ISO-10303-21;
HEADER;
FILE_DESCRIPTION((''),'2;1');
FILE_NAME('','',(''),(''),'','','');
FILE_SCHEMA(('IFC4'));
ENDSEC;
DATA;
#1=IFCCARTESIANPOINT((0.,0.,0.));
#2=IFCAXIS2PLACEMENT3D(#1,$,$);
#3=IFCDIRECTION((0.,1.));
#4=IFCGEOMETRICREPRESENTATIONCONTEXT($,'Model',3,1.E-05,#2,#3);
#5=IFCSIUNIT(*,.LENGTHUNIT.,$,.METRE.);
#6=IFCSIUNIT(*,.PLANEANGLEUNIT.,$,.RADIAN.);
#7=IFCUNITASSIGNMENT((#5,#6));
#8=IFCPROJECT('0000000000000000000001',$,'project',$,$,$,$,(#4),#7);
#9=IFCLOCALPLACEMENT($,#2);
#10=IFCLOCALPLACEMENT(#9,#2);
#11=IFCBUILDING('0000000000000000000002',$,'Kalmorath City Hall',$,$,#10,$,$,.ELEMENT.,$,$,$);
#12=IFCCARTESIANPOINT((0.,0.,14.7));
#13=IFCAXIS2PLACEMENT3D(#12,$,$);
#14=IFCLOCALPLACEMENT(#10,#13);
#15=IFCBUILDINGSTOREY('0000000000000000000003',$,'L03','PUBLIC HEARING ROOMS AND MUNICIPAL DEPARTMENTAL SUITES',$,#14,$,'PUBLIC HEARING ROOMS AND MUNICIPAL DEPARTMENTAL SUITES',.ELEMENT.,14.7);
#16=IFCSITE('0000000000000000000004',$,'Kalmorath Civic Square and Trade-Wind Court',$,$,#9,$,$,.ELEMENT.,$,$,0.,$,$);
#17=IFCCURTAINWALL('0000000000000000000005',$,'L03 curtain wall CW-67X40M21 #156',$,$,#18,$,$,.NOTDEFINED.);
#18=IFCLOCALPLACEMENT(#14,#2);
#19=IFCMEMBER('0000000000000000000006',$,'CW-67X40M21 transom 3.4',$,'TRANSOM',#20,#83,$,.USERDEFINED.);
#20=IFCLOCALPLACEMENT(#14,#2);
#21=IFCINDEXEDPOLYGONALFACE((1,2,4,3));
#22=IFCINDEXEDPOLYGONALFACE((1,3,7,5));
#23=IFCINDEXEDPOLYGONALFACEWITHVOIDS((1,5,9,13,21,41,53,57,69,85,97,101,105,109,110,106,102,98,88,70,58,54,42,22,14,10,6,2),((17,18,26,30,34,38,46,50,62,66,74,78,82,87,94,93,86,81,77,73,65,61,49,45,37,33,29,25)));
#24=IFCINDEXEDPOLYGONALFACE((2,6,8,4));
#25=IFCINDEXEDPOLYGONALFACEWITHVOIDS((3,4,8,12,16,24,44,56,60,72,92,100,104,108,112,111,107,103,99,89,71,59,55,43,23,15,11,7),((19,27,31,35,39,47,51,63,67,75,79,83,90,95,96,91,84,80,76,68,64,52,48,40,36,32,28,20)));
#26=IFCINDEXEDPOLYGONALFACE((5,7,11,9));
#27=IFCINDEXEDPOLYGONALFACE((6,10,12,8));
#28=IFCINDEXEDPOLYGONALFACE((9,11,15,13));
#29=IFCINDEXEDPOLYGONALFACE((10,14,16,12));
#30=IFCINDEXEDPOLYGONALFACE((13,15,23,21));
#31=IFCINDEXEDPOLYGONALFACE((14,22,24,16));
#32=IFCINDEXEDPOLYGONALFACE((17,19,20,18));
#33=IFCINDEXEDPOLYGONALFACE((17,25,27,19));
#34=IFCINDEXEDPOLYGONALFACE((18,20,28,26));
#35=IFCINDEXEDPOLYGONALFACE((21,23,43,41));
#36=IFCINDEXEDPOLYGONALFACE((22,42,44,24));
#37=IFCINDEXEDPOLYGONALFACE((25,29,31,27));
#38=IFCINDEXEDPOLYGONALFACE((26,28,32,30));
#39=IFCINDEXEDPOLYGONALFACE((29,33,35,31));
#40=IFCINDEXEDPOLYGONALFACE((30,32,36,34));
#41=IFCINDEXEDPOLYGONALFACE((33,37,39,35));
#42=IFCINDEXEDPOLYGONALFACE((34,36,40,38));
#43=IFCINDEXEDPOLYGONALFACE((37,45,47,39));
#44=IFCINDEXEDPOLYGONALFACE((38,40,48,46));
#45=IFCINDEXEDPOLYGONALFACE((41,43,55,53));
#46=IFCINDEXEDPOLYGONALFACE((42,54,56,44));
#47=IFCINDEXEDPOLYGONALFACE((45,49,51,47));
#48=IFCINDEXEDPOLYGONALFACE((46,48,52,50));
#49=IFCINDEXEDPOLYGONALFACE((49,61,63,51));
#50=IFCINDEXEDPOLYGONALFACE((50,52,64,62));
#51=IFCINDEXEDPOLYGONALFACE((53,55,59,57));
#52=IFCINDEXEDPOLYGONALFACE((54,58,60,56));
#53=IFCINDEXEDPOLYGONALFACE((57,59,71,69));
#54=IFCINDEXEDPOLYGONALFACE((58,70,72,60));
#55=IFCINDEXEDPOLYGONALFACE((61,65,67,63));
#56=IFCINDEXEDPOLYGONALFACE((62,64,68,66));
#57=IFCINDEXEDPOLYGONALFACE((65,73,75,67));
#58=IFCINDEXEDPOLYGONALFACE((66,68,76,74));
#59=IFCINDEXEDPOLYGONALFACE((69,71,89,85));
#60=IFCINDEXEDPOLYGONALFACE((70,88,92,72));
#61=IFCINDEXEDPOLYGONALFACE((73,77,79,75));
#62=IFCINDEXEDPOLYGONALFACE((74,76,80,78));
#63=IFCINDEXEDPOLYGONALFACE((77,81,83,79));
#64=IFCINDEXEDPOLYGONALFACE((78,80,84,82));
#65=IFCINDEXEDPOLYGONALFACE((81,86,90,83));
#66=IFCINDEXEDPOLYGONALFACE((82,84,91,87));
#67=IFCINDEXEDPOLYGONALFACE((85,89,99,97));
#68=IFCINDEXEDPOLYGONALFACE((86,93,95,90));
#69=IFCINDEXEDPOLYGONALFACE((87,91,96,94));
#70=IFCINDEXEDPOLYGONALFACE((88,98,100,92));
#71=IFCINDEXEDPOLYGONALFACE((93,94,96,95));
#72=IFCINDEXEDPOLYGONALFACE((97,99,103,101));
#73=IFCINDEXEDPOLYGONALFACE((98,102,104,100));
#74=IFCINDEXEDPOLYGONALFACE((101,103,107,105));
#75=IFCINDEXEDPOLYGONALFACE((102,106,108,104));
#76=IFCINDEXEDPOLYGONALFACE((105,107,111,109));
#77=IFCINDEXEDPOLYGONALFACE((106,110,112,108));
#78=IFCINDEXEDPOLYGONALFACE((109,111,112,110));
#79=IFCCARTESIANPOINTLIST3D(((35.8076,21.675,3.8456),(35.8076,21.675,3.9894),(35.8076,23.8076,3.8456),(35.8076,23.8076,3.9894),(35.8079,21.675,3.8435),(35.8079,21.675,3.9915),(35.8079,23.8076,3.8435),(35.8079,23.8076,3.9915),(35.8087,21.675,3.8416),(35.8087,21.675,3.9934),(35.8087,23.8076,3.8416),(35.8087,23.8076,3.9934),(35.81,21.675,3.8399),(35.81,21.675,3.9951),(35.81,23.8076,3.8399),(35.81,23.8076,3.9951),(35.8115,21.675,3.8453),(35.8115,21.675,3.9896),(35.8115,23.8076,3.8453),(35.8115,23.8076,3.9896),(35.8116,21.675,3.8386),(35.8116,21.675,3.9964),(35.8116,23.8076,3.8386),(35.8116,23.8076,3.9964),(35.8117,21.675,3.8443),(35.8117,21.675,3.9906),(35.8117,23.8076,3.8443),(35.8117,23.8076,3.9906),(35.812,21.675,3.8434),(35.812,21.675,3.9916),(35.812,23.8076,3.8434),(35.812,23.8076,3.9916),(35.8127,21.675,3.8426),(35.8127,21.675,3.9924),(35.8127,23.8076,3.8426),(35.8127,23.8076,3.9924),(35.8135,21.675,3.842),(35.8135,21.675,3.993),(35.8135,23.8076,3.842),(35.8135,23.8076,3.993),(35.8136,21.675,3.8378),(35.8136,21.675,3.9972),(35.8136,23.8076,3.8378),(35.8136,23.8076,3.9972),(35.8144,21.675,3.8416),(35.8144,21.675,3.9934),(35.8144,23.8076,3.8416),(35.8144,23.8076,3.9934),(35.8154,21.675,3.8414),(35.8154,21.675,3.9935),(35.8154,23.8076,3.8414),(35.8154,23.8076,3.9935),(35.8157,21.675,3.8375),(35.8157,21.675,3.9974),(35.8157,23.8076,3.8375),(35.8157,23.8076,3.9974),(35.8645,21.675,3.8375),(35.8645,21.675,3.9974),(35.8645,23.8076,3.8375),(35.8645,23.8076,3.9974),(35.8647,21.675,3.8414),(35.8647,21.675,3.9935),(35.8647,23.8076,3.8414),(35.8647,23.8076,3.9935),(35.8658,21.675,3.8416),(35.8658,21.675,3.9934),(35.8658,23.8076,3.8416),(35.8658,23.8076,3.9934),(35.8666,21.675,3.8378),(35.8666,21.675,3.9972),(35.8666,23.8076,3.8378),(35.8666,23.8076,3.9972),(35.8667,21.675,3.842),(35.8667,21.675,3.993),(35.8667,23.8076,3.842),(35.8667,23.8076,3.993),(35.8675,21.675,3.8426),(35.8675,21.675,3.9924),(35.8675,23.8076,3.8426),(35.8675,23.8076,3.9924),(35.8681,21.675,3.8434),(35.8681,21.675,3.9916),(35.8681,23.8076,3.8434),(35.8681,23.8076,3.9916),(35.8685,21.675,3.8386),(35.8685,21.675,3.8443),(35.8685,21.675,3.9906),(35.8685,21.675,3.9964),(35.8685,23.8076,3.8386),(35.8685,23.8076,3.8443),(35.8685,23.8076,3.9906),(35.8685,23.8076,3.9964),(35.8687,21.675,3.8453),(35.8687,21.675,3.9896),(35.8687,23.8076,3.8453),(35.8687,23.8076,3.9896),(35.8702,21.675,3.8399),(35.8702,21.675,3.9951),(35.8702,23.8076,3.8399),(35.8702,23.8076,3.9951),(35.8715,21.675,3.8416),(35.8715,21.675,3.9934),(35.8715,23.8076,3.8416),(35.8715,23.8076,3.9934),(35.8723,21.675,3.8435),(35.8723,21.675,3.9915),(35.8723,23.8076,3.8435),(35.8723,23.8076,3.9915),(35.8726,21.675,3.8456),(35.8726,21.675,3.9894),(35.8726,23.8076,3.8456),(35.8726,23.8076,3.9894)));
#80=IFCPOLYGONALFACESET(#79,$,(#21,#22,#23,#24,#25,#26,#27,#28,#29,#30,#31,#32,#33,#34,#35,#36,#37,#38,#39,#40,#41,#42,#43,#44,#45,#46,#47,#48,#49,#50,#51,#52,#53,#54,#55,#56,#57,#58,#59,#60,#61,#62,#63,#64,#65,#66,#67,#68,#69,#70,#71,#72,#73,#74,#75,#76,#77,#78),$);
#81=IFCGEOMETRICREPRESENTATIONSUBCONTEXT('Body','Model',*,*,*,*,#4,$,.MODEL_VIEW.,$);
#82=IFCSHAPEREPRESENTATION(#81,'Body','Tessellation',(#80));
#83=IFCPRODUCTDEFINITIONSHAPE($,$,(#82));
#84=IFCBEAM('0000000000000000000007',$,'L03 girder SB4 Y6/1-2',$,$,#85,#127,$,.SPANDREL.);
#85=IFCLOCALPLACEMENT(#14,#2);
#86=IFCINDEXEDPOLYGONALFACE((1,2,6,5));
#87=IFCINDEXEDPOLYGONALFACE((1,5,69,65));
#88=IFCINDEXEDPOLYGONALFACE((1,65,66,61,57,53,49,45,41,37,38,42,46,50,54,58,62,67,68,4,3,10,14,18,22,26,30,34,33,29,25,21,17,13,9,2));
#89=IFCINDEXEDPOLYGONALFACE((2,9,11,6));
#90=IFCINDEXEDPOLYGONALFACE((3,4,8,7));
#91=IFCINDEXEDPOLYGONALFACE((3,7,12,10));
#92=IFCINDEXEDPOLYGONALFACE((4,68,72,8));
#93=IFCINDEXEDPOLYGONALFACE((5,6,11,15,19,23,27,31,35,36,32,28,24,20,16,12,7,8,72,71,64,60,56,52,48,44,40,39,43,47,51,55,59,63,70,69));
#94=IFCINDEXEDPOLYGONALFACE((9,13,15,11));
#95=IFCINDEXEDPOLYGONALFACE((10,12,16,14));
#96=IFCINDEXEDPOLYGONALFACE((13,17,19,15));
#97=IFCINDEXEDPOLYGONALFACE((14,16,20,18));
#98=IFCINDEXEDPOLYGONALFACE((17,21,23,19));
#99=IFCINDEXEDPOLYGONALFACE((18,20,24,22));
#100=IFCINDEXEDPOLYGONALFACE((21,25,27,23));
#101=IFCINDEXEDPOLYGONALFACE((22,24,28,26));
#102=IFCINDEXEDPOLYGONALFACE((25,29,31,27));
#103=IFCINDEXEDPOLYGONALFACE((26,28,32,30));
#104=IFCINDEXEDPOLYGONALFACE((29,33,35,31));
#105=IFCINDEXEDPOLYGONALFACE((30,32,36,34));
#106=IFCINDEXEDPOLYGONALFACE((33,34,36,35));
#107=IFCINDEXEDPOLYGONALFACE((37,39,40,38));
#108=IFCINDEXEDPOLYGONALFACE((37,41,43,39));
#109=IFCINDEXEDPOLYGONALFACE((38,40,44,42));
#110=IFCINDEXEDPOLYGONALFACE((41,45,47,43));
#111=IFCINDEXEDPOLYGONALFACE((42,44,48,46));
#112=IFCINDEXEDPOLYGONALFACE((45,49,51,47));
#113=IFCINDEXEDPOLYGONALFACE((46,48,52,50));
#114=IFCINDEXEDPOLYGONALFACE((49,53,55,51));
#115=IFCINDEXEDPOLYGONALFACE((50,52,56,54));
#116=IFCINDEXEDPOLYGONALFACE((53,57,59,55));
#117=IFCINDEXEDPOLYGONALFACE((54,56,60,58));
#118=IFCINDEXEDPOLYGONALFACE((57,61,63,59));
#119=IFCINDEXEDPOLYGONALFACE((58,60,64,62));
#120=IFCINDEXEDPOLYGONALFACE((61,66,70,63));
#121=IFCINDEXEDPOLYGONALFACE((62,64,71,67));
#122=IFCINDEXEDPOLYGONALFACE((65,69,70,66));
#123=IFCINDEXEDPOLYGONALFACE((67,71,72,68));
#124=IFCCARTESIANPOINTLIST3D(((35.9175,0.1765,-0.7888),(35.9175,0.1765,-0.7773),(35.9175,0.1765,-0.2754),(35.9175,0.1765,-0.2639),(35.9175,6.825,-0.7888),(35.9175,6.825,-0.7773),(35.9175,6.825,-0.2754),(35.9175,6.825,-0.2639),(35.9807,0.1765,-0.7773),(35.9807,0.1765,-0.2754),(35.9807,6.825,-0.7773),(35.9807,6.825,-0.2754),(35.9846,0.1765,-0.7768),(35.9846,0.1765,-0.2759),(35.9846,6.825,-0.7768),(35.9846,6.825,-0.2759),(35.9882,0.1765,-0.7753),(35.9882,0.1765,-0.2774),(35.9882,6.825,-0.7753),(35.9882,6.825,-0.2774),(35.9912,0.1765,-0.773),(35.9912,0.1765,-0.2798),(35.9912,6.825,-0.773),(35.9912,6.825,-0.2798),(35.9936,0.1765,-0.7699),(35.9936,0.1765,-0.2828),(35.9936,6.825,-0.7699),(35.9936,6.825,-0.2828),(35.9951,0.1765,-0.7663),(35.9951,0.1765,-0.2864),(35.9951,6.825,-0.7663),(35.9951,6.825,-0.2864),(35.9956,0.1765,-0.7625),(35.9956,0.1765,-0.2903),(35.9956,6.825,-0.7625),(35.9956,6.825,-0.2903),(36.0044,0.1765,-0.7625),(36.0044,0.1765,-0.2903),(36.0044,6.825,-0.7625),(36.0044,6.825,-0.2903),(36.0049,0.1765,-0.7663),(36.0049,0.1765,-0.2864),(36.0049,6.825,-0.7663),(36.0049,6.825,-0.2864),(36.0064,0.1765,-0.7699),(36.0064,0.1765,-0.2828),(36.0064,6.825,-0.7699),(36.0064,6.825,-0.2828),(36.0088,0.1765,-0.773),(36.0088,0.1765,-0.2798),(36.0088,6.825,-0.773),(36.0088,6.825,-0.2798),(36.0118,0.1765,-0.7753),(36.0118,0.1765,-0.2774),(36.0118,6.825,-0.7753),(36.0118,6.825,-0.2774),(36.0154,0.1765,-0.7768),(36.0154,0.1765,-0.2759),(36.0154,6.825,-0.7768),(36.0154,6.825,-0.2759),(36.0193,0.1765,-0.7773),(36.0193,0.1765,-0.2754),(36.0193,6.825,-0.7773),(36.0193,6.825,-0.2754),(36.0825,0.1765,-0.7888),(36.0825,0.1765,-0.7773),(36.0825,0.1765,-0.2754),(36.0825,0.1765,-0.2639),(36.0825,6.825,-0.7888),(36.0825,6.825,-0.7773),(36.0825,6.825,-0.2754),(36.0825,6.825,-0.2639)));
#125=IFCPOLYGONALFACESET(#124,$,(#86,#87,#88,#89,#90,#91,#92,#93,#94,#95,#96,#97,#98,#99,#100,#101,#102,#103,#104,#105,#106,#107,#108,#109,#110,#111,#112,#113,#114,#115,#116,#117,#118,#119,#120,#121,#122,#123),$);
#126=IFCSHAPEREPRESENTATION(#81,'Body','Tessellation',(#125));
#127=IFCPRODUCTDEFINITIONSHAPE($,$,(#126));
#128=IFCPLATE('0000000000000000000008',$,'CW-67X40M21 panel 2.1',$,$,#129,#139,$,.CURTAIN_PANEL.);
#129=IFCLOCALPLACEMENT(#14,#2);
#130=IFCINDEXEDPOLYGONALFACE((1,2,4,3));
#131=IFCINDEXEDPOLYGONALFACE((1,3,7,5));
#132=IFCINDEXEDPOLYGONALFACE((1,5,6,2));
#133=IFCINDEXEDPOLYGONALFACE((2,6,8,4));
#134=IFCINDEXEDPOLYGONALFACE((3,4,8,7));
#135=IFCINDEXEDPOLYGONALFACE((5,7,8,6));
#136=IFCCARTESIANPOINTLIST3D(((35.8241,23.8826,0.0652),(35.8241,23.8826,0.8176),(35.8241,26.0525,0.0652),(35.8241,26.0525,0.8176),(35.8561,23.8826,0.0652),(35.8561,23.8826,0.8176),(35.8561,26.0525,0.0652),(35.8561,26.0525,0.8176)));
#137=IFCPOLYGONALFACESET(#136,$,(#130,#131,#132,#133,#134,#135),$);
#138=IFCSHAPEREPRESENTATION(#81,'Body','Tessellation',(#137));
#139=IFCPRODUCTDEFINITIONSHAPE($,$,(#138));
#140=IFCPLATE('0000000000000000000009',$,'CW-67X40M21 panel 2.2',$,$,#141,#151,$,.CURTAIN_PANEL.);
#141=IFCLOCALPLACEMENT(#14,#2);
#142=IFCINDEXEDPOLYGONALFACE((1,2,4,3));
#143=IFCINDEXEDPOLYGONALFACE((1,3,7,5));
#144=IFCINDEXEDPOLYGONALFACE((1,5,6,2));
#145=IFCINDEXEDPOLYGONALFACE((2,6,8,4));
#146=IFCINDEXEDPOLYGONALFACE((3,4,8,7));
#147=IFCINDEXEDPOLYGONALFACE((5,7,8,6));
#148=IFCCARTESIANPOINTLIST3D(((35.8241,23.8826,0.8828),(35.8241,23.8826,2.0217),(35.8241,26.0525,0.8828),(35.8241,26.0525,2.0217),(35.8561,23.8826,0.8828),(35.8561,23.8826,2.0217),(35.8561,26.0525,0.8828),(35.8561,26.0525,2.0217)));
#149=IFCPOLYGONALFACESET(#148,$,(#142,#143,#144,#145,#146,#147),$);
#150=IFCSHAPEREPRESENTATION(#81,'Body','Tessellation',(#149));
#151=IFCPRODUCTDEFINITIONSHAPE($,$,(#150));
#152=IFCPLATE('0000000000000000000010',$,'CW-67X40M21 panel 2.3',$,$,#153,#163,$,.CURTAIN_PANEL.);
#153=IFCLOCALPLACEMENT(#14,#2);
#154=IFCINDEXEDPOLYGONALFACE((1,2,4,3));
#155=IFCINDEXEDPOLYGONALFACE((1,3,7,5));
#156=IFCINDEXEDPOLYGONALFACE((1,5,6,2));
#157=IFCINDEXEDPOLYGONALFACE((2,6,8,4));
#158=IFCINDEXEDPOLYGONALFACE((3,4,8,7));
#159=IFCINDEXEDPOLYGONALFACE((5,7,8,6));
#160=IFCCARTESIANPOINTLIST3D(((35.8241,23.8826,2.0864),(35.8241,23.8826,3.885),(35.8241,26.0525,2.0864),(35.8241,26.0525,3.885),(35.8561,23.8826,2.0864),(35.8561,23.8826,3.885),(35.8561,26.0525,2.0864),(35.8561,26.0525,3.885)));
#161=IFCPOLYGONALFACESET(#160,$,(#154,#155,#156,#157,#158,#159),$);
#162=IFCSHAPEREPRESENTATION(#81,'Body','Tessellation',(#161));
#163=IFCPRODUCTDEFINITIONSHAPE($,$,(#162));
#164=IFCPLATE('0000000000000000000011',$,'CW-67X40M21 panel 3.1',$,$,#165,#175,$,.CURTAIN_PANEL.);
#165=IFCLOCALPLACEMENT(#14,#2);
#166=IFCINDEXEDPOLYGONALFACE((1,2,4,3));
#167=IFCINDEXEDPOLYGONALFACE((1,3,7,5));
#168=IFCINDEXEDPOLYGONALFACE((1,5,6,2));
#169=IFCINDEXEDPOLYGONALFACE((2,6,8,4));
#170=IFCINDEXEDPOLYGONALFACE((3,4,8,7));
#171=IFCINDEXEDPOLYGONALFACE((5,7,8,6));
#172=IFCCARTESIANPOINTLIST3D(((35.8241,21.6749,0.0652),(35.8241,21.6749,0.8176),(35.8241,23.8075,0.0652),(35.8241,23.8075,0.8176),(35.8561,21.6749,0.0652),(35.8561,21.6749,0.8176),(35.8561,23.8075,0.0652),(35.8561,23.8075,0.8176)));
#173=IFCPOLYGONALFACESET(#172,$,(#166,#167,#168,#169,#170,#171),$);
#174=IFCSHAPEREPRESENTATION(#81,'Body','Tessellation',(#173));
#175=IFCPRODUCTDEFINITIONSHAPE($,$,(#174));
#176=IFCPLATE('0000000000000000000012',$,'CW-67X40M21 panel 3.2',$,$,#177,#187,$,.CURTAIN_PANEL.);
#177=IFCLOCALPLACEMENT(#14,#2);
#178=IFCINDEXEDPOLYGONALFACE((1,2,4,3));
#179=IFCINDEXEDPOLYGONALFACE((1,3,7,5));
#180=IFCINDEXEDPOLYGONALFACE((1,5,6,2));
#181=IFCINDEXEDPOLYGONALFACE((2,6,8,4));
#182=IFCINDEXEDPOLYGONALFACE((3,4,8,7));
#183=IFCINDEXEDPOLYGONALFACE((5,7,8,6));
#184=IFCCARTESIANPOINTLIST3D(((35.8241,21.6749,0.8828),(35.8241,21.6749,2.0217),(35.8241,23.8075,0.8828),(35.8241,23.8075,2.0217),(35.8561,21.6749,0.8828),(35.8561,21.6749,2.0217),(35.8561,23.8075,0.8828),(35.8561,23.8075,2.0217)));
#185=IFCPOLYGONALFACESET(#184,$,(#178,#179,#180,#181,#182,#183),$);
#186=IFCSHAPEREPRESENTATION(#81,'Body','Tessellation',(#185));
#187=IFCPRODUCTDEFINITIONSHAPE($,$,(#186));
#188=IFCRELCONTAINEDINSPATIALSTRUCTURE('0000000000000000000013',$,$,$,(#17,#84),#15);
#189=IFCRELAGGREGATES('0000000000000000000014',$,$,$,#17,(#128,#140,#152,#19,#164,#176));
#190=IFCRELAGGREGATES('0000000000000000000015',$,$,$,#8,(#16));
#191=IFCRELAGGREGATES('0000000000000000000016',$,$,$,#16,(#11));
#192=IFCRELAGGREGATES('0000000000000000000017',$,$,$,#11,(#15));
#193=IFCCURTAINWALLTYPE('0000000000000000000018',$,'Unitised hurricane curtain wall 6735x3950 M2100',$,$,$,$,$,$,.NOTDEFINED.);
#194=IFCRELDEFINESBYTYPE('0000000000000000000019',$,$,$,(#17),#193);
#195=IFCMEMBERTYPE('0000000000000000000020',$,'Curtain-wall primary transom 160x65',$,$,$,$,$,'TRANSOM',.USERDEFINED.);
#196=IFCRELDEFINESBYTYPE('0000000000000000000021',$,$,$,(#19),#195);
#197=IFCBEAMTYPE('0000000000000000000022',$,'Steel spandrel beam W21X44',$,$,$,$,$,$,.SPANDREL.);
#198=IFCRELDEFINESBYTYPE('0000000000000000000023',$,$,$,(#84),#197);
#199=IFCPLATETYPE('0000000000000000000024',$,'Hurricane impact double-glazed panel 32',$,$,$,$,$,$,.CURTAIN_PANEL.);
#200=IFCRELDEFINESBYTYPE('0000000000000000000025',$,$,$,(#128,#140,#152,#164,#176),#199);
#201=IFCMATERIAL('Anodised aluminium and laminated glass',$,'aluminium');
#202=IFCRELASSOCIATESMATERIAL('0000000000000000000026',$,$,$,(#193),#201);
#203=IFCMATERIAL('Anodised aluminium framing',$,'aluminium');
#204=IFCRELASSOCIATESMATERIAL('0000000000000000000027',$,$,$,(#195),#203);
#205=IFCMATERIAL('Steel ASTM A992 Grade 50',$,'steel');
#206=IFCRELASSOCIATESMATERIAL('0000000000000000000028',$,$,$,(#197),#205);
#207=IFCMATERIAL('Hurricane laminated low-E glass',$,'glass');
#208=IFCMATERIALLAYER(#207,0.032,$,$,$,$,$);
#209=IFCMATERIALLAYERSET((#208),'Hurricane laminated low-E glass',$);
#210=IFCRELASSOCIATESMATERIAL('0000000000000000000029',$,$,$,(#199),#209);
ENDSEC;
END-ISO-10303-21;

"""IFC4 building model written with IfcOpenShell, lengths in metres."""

from ifc_helpers import new_model, si_unit, direction, frame, origin, origin_2d, place, context, subcontext, project, spatial, rectangle, hollow_rectangle, i_section, extrude, material, layer, layer_set, material_profile, profile_set, type_object, element, aggregate, save


model = new_model("IFC4")

# Units and contexts
model_context = context("Model", 3, precision=1e-05, world=origin(), true_north=direction((0.0, 1.0)))
body_context = subcontext(model_context, "Body", "Model", "MODEL_VIEW")
ifc_project = project(units=[si_unit("LENGTHUNIT", "METRE"), si_unit("PLANEANGLEUNIT", "RADIAN")], contexts=[model_context])

# Site, building, storey
site_placement = place(None, origin())
site = spatial("IfcSite", under=ifc_project, at=site_placement, Name="Kalmorath Civic Square and Trade-Wind Court", CompositionType="ELEMENT", RefElevation=0.0)
building_placement = place(site_placement, origin())
building = spatial("IfcBuilding", under=site, at=building_placement, Name="Kalmorath City Hall", CompositionType="ELEMENT")
storey_placement = place(building_placement, frame((0.0, 0.0, 14.7)))
storey = spatial("IfcBuildingStorey", under=building, at=storey_placement, Name="L03", Description="PUBLIC HEARING ROOMS AND MUNICIPAL DEPARTMENTAL SUITES", LongName="PUBLIC HEARING ROOMS AND MUNICIPAL DEPARTMENTAL SUITES", CompositionType="ELEMENT", Elevation=14.7)

# Curtain wall, member
ifc_material_1 = material(Name="Anodised aluminium and laminated glass", Category="aluminium")
curtain_wall_type = type_object("IfcCurtainWallType", Name="Unitised hurricane curtain wall 6735x3950 M2100", PredefinedType="NOTDEFINED", material=ifc_material_1)
curtain_wall_placement = place(storey_placement, origin())
curtain_wall = element("IfcCurtainWall", 1, at=curtain_wall_placement, inside=storey, type_object=curtain_wall_type, Name="L03 curtain wall CW-67X40M21 #156", PredefinedType="NOTDEFINED")
ifc_material_2 = material(Name="Anodised aluminium framing", Category="aluminium")
ifc_material_profile_1 = material_profile(ifc_material_2, hollow_rectangle(XDim=0.0649, YDim=0.1599, WallThickness=0.0039, InnerFilletRadius=0.0039, OuterFilletRadius=0.0081, at=origin_2d()), Name="ALU-TRN-160X65X4")
ifc_profile_set_1 = profile_set([ifc_material_profile_1], Name="Anodised aluminium framing")
member_type = type_object("IfcMemberType", Name="Curtain-wall primary transom 160x65", ElementType="TRANSOM", PredefinedType="USERDEFINED", material=ifc_profile_set_1)
member_1_placement = place(storey_placement, frame((35.8401, 23.8076, 3.9175), z_axis=(0.0, -1.0, 0.0), x_axis=(1.0, 0.0, 0.0)))
member_1 = element("IfcMember", 2, at=member_1_placement, type_object=member_type, Name="CW-67X40M21 transom 3.4", ObjectType="TRANSOM", PredefinedType="USERDEFINED", context=body_context, shape_type="SweptSolid", body=[
    extrude(hollow_rectangle(XDim=0.0649, YDim=0.1599, WallThickness=0.0039, InnerFilletRadius=0.0039, OuterFilletRadius=0.0081, at=origin_2d()), origin(), (0.0, 0.0, 1.0), 2.1326),
])

# Beam
ifc_material_3 = material(Name="Steel ASTM A992 Grade 50", Category="steel")
ifc_material_profile_2 = material_profile(ifc_material_3, i_section(OverallWidth=0.165, OverallDepth=0.5249, WebThickness=0.0088, FlangeThickness=0.0115, FilletRadius=0.0149, at=origin_2d()), Name="W21X44")
ifc_profile_set_2 = profile_set([ifc_material_profile_2], Name="Steel ASTM A992 Grade 50")
beam_type = type_object("IfcBeamType", Name="Steel spandrel beam W21X44", PredefinedType="SPANDREL", material=ifc_profile_set_2)
beam_placement = place(storey_placement, frame((36.0, 0.1765, -0.5264), z_axis=(0.0, 1.0, 0.0), x_axis=(-1.0, 0.0, 0.0)))
element("IfcBeam", 3, at=beam_placement, inside=storey, type_object=beam_type, Name="L03 girder SB4 Y6/1-2", PredefinedType="SPANDREL", context=body_context, shape_type="SweptSolid", body=[
    extrude(i_section(OverallWidth=0.165, OverallDepth=0.5249, WebThickness=0.0088, FlangeThickness=0.0115, FilletRadius=0.0149, at=origin_2d()), origin(), (0.0, 0.0, 1.0), 6.6484),
])

# Plates
ifc_material_4 = material(Name="Hurricane laminated low-E glass", Category="glass")
ifc_layer_1 = layer(ifc_material_4, 0.032)
ifc_layer_set_1 = layer_set([ifc_layer_1], Name="Hurricane laminated low-E glass")
plate_type = type_object("IfcPlateType", Name="Hurricane impact double-glazed panel 32", PredefinedType="CURTAIN_PANEL", material=ifc_layer_set_1)
plate_1_placement = place(storey_placement, frame((35.8401, 24.9675, 0.0652), z_axis=(0.0, 0.0, 1.0), x_axis=(0.0, -1.0, 0.0)))
plate_1 = element("IfcPlate", 4, at=plate_1_placement, type_object=plate_type, Name="CW-67X40M21 panel 2.1", PredefinedType="CURTAIN_PANEL", context=body_context, shape_type="SweptSolid", body=[
    extrude(rectangle(XDim=2.1699, YDim=0.032, at=origin_2d()), origin(), (0.0, 0.0, 1.0), 0.7524),
])
plate_2_placement = place(storey_placement, frame((35.8401, 24.9675, 0.8828), z_axis=(0.0, 0.0, 1.0), x_axis=(0.0, -1.0, 0.0)))
plate_2 = element("IfcPlate", 5, at=plate_2_placement, type_object=plate_type, Name="CW-67X40M21 panel 2.2", PredefinedType="CURTAIN_PANEL", context=body_context, shape_type="SweptSolid", body=[
    extrude(rectangle(XDim=2.1699, YDim=0.032, at=origin_2d()), origin(), (0.0, 0.0, 1.0), 1.1389),
])
plate_3_placement = place(storey_placement, frame((35.8401, 24.9675, 2.0864), z_axis=(0.0, 0.0, 1.0), x_axis=(0.0, -1.0, 0.0)))
plate_3 = element("IfcPlate", 6, at=plate_3_placement, type_object=plate_type, Name="CW-67X40M21 panel 2.3", PredefinedType="CURTAIN_PANEL", context=body_context, shape_type="SweptSolid", body=[
    extrude(rectangle(XDim=2.1699, YDim=0.032, at=origin_2d()), origin(), (0.0, 0.0, 1.0), 1.7986),
])
plate_4_placement = place(storey_placement, frame((35.8401, 22.7412, 0.0652), z_axis=(0.0, 0.0, 1.0), x_axis=(0.0, -1.0, 0.0)))
plate_4 = element("IfcPlate", 7, at=plate_4_placement, type_object=plate_type, Name="CW-67X40M21 panel 3.1", PredefinedType="CURTAIN_PANEL", context=body_context, shape_type="SweptSolid", body=[
    extrude(rectangle(XDim=2.1326, YDim=0.032, at=origin_2d()), origin(), (0.0, 0.0, 1.0), 0.7524),
])
plate_5_placement = place(storey_placement, frame((35.8401, 22.7412, 0.8828), z_axis=(0.0, 0.0, 1.0), x_axis=(0.0, -1.0, 0.0)))
plate_5 = element("IfcPlate", 8, at=plate_5_placement, type_object=plate_type, Name="CW-67X40M21 panel 3.2", PredefinedType="CURTAIN_PANEL", context=body_context, shape_type="SweptSolid", body=[
    extrude(rectangle(XDim=2.1326, YDim=0.032, at=origin_2d()), origin(), (0.0, 0.0, 1.0), 1.1389),
])
aggregate(curtain_wall, [plate_1, plate_2, plate_3, member_1, plate_4, plate_5])

save(model, "model.ifc")
